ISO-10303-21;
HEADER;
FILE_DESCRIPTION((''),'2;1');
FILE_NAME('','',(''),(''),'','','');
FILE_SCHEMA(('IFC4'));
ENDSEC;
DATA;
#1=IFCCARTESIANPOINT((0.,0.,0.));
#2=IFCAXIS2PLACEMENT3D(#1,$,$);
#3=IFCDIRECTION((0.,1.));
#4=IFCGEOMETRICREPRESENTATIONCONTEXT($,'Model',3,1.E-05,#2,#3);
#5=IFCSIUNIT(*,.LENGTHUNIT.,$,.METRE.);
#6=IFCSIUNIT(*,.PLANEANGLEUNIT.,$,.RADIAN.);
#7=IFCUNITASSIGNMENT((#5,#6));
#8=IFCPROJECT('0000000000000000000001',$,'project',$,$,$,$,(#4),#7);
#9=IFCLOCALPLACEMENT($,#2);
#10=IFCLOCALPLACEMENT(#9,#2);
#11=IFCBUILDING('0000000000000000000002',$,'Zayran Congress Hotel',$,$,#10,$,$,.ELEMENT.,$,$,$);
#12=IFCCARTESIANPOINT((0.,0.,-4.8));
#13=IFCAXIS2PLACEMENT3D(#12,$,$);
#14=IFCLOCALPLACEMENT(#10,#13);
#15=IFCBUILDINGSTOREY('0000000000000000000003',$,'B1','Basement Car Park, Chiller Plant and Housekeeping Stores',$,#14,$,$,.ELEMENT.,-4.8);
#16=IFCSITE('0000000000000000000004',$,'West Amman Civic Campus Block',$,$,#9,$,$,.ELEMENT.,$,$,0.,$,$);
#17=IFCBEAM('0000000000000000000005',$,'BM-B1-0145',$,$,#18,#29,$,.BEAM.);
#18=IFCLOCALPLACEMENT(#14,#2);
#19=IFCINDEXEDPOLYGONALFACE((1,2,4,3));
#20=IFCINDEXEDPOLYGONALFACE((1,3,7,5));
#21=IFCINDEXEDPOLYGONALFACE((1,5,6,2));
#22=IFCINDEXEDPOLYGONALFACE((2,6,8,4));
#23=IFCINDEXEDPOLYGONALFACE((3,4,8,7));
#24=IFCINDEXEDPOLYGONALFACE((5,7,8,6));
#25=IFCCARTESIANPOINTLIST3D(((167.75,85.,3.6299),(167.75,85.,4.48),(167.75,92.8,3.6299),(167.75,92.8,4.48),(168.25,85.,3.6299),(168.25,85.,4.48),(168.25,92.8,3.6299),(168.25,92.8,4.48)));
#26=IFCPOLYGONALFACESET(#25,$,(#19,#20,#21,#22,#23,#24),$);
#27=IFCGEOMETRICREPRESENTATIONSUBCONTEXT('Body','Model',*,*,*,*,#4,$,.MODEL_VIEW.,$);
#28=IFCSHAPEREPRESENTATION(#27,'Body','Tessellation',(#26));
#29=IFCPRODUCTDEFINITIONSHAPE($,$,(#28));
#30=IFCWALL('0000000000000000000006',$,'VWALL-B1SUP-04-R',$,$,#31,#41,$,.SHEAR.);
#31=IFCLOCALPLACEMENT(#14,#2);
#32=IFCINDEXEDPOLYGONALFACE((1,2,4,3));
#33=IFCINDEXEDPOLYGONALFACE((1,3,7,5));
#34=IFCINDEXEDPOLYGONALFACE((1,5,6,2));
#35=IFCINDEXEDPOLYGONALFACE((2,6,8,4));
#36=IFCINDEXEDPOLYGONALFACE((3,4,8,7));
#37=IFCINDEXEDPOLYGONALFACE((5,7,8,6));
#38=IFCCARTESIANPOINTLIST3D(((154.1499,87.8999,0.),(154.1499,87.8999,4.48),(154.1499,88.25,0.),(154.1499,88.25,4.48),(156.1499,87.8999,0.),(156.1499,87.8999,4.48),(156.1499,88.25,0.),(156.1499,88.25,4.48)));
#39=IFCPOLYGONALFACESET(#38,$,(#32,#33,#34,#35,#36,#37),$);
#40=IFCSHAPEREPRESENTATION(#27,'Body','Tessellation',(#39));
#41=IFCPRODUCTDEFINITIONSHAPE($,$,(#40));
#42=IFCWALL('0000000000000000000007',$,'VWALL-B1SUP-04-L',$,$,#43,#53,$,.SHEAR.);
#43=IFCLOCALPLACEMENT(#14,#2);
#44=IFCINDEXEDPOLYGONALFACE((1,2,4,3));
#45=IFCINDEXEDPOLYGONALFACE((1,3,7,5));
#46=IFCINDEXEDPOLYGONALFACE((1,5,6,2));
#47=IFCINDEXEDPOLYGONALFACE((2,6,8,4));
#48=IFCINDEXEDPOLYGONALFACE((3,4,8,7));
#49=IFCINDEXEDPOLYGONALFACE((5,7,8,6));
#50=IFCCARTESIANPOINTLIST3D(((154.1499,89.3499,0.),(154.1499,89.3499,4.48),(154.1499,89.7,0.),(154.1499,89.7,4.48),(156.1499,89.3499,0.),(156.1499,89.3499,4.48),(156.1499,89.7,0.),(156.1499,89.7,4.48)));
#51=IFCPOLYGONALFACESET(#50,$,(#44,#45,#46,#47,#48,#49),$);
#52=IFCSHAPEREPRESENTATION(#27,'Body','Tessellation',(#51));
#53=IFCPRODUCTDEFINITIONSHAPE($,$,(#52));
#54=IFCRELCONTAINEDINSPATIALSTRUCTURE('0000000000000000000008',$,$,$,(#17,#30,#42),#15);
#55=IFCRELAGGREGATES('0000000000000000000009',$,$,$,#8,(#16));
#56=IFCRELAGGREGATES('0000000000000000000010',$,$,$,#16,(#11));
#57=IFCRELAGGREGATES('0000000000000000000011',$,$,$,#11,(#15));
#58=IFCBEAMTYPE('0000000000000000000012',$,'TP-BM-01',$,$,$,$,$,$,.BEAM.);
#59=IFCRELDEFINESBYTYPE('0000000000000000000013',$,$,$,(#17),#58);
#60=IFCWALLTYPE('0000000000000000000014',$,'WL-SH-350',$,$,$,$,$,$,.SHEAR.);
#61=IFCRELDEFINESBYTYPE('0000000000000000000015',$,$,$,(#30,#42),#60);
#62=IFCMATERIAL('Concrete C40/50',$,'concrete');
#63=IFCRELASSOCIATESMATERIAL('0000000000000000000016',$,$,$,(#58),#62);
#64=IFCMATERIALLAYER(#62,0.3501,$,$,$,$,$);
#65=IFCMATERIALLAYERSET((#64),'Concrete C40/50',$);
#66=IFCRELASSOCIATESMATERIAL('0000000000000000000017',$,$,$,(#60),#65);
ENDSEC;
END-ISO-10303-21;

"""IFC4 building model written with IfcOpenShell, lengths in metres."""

from ifc_helpers import new_model, si_unit, direction, frame, frame_2d, origin, origin_2d, place, context, subcontext, project, spatial, rectangle, extrude, material, layer, layer_set, material_profile, profile_set, type_object, element, save


model = new_model("IFC4")

# Units and contexts
model_context = context("Model", 3, precision=1e-05, world=origin(), true_north=direction((0.0, 1.0)))
body_context = subcontext(model_context, "Body", "Model", "MODEL_VIEW")
ifc_project = project(units=[si_unit("LENGTHUNIT", "METRE"), si_unit("PLANEANGLEUNIT", "RADIAN")], contexts=[model_context])

# Site, building, storey
site_placement = place(None, origin())
site = spatial("IfcSite", under=ifc_project, at=site_placement, Name="West Amman Civic Campus Block", CompositionType="ELEMENT", RefElevation=0.0)
building_placement = place(site_placement, origin())
building = spatial("IfcBuilding", under=site, at=building_placement, Name="Zayran Congress Hotel", CompositionType="ELEMENT")
storey_placement = place(building_placement, frame((0.0, 0.0, -4.8)))
storey = spatial("IfcBuildingStorey", under=building, at=storey_placement, Name="B1", Description="Basement Car Park, Chiller Plant and Housekeeping Stores", CompositionType="ELEMENT", Elevation=-4.8)

# Shared definitions
ifc_material = material(Name="Concrete C40/50", Category="concrete")

# Beam
ifc_material_profile_1 = material_profile(ifc_material, rectangle(XDim=0.5, YDim=0.8501, at=origin_2d()), Name="RC 500x850")
ifc_profile_set_1 = profile_set([ifc_material_profile_1], Name="Concrete C40/50")
beam_type = type_object("IfcBeamType", Name="TP-BM-01", PredefinedType="BEAM", material=ifc_profile_set_1)
for number, where, z_axis, x_axis, name in (
    (1, (168.0, 85.0, 4.0549), (0.0, 1.0, 0.0), (-1.0, 0.0, 0.0), "BM-B1-0145"),
):
    element("IfcBeam", number, at=place(storey_placement, frame(where, z_axis=z_axis, x_axis=x_axis)), inside=storey, type_object=beam_type, Name=name, PredefinedType="BEAM", context=body_context, shape_type="SweptSolid", body=[
        extrude(rectangle(XDim=0.5, YDim=0.8501, at=origin_2d()), origin(), (0.0, 0.0, 1.0), 7.8),
    ])

# Walls
ifc_layer = layer(ifc_material, 0.3501)
ifc_layer_set = layer_set([ifc_layer], Name="Concrete C40/50")
wall_type = type_object("IfcWallType", Name="WL-SH-350", PredefinedType="SHEAR", material=ifc_layer_set)
for number, where, z_axis, x_axis, name in (
    (2, (154.1499, 88.075, 0.0), (0.0, 0.0, 1.0), (1.0, 0.0, 0.0), "VWALL-B1SUP-04-R"),
    (3, (154.1499, 89.5249, 0.0), (0.0, 0.0, 1.0), (1.0, 0.0, 0.0), "VWALL-B1SUP-04-L"),
):
    element("IfcWall", number, at=place(storey_placement, frame(where, z_axis=z_axis, x_axis=x_axis)), inside=storey, type_object=wall_type, Name=name, PredefinedType="SHEAR", context=body_context, shape_type="SweptSolid", body=[
        extrude(rectangle(XDim=2.0, YDim=0.3501, at=frame_2d((1.0, 0.0))), origin(), (0.0, 0.0, 1.0), 4.48),
    ])

save(model, "model.ifc")
